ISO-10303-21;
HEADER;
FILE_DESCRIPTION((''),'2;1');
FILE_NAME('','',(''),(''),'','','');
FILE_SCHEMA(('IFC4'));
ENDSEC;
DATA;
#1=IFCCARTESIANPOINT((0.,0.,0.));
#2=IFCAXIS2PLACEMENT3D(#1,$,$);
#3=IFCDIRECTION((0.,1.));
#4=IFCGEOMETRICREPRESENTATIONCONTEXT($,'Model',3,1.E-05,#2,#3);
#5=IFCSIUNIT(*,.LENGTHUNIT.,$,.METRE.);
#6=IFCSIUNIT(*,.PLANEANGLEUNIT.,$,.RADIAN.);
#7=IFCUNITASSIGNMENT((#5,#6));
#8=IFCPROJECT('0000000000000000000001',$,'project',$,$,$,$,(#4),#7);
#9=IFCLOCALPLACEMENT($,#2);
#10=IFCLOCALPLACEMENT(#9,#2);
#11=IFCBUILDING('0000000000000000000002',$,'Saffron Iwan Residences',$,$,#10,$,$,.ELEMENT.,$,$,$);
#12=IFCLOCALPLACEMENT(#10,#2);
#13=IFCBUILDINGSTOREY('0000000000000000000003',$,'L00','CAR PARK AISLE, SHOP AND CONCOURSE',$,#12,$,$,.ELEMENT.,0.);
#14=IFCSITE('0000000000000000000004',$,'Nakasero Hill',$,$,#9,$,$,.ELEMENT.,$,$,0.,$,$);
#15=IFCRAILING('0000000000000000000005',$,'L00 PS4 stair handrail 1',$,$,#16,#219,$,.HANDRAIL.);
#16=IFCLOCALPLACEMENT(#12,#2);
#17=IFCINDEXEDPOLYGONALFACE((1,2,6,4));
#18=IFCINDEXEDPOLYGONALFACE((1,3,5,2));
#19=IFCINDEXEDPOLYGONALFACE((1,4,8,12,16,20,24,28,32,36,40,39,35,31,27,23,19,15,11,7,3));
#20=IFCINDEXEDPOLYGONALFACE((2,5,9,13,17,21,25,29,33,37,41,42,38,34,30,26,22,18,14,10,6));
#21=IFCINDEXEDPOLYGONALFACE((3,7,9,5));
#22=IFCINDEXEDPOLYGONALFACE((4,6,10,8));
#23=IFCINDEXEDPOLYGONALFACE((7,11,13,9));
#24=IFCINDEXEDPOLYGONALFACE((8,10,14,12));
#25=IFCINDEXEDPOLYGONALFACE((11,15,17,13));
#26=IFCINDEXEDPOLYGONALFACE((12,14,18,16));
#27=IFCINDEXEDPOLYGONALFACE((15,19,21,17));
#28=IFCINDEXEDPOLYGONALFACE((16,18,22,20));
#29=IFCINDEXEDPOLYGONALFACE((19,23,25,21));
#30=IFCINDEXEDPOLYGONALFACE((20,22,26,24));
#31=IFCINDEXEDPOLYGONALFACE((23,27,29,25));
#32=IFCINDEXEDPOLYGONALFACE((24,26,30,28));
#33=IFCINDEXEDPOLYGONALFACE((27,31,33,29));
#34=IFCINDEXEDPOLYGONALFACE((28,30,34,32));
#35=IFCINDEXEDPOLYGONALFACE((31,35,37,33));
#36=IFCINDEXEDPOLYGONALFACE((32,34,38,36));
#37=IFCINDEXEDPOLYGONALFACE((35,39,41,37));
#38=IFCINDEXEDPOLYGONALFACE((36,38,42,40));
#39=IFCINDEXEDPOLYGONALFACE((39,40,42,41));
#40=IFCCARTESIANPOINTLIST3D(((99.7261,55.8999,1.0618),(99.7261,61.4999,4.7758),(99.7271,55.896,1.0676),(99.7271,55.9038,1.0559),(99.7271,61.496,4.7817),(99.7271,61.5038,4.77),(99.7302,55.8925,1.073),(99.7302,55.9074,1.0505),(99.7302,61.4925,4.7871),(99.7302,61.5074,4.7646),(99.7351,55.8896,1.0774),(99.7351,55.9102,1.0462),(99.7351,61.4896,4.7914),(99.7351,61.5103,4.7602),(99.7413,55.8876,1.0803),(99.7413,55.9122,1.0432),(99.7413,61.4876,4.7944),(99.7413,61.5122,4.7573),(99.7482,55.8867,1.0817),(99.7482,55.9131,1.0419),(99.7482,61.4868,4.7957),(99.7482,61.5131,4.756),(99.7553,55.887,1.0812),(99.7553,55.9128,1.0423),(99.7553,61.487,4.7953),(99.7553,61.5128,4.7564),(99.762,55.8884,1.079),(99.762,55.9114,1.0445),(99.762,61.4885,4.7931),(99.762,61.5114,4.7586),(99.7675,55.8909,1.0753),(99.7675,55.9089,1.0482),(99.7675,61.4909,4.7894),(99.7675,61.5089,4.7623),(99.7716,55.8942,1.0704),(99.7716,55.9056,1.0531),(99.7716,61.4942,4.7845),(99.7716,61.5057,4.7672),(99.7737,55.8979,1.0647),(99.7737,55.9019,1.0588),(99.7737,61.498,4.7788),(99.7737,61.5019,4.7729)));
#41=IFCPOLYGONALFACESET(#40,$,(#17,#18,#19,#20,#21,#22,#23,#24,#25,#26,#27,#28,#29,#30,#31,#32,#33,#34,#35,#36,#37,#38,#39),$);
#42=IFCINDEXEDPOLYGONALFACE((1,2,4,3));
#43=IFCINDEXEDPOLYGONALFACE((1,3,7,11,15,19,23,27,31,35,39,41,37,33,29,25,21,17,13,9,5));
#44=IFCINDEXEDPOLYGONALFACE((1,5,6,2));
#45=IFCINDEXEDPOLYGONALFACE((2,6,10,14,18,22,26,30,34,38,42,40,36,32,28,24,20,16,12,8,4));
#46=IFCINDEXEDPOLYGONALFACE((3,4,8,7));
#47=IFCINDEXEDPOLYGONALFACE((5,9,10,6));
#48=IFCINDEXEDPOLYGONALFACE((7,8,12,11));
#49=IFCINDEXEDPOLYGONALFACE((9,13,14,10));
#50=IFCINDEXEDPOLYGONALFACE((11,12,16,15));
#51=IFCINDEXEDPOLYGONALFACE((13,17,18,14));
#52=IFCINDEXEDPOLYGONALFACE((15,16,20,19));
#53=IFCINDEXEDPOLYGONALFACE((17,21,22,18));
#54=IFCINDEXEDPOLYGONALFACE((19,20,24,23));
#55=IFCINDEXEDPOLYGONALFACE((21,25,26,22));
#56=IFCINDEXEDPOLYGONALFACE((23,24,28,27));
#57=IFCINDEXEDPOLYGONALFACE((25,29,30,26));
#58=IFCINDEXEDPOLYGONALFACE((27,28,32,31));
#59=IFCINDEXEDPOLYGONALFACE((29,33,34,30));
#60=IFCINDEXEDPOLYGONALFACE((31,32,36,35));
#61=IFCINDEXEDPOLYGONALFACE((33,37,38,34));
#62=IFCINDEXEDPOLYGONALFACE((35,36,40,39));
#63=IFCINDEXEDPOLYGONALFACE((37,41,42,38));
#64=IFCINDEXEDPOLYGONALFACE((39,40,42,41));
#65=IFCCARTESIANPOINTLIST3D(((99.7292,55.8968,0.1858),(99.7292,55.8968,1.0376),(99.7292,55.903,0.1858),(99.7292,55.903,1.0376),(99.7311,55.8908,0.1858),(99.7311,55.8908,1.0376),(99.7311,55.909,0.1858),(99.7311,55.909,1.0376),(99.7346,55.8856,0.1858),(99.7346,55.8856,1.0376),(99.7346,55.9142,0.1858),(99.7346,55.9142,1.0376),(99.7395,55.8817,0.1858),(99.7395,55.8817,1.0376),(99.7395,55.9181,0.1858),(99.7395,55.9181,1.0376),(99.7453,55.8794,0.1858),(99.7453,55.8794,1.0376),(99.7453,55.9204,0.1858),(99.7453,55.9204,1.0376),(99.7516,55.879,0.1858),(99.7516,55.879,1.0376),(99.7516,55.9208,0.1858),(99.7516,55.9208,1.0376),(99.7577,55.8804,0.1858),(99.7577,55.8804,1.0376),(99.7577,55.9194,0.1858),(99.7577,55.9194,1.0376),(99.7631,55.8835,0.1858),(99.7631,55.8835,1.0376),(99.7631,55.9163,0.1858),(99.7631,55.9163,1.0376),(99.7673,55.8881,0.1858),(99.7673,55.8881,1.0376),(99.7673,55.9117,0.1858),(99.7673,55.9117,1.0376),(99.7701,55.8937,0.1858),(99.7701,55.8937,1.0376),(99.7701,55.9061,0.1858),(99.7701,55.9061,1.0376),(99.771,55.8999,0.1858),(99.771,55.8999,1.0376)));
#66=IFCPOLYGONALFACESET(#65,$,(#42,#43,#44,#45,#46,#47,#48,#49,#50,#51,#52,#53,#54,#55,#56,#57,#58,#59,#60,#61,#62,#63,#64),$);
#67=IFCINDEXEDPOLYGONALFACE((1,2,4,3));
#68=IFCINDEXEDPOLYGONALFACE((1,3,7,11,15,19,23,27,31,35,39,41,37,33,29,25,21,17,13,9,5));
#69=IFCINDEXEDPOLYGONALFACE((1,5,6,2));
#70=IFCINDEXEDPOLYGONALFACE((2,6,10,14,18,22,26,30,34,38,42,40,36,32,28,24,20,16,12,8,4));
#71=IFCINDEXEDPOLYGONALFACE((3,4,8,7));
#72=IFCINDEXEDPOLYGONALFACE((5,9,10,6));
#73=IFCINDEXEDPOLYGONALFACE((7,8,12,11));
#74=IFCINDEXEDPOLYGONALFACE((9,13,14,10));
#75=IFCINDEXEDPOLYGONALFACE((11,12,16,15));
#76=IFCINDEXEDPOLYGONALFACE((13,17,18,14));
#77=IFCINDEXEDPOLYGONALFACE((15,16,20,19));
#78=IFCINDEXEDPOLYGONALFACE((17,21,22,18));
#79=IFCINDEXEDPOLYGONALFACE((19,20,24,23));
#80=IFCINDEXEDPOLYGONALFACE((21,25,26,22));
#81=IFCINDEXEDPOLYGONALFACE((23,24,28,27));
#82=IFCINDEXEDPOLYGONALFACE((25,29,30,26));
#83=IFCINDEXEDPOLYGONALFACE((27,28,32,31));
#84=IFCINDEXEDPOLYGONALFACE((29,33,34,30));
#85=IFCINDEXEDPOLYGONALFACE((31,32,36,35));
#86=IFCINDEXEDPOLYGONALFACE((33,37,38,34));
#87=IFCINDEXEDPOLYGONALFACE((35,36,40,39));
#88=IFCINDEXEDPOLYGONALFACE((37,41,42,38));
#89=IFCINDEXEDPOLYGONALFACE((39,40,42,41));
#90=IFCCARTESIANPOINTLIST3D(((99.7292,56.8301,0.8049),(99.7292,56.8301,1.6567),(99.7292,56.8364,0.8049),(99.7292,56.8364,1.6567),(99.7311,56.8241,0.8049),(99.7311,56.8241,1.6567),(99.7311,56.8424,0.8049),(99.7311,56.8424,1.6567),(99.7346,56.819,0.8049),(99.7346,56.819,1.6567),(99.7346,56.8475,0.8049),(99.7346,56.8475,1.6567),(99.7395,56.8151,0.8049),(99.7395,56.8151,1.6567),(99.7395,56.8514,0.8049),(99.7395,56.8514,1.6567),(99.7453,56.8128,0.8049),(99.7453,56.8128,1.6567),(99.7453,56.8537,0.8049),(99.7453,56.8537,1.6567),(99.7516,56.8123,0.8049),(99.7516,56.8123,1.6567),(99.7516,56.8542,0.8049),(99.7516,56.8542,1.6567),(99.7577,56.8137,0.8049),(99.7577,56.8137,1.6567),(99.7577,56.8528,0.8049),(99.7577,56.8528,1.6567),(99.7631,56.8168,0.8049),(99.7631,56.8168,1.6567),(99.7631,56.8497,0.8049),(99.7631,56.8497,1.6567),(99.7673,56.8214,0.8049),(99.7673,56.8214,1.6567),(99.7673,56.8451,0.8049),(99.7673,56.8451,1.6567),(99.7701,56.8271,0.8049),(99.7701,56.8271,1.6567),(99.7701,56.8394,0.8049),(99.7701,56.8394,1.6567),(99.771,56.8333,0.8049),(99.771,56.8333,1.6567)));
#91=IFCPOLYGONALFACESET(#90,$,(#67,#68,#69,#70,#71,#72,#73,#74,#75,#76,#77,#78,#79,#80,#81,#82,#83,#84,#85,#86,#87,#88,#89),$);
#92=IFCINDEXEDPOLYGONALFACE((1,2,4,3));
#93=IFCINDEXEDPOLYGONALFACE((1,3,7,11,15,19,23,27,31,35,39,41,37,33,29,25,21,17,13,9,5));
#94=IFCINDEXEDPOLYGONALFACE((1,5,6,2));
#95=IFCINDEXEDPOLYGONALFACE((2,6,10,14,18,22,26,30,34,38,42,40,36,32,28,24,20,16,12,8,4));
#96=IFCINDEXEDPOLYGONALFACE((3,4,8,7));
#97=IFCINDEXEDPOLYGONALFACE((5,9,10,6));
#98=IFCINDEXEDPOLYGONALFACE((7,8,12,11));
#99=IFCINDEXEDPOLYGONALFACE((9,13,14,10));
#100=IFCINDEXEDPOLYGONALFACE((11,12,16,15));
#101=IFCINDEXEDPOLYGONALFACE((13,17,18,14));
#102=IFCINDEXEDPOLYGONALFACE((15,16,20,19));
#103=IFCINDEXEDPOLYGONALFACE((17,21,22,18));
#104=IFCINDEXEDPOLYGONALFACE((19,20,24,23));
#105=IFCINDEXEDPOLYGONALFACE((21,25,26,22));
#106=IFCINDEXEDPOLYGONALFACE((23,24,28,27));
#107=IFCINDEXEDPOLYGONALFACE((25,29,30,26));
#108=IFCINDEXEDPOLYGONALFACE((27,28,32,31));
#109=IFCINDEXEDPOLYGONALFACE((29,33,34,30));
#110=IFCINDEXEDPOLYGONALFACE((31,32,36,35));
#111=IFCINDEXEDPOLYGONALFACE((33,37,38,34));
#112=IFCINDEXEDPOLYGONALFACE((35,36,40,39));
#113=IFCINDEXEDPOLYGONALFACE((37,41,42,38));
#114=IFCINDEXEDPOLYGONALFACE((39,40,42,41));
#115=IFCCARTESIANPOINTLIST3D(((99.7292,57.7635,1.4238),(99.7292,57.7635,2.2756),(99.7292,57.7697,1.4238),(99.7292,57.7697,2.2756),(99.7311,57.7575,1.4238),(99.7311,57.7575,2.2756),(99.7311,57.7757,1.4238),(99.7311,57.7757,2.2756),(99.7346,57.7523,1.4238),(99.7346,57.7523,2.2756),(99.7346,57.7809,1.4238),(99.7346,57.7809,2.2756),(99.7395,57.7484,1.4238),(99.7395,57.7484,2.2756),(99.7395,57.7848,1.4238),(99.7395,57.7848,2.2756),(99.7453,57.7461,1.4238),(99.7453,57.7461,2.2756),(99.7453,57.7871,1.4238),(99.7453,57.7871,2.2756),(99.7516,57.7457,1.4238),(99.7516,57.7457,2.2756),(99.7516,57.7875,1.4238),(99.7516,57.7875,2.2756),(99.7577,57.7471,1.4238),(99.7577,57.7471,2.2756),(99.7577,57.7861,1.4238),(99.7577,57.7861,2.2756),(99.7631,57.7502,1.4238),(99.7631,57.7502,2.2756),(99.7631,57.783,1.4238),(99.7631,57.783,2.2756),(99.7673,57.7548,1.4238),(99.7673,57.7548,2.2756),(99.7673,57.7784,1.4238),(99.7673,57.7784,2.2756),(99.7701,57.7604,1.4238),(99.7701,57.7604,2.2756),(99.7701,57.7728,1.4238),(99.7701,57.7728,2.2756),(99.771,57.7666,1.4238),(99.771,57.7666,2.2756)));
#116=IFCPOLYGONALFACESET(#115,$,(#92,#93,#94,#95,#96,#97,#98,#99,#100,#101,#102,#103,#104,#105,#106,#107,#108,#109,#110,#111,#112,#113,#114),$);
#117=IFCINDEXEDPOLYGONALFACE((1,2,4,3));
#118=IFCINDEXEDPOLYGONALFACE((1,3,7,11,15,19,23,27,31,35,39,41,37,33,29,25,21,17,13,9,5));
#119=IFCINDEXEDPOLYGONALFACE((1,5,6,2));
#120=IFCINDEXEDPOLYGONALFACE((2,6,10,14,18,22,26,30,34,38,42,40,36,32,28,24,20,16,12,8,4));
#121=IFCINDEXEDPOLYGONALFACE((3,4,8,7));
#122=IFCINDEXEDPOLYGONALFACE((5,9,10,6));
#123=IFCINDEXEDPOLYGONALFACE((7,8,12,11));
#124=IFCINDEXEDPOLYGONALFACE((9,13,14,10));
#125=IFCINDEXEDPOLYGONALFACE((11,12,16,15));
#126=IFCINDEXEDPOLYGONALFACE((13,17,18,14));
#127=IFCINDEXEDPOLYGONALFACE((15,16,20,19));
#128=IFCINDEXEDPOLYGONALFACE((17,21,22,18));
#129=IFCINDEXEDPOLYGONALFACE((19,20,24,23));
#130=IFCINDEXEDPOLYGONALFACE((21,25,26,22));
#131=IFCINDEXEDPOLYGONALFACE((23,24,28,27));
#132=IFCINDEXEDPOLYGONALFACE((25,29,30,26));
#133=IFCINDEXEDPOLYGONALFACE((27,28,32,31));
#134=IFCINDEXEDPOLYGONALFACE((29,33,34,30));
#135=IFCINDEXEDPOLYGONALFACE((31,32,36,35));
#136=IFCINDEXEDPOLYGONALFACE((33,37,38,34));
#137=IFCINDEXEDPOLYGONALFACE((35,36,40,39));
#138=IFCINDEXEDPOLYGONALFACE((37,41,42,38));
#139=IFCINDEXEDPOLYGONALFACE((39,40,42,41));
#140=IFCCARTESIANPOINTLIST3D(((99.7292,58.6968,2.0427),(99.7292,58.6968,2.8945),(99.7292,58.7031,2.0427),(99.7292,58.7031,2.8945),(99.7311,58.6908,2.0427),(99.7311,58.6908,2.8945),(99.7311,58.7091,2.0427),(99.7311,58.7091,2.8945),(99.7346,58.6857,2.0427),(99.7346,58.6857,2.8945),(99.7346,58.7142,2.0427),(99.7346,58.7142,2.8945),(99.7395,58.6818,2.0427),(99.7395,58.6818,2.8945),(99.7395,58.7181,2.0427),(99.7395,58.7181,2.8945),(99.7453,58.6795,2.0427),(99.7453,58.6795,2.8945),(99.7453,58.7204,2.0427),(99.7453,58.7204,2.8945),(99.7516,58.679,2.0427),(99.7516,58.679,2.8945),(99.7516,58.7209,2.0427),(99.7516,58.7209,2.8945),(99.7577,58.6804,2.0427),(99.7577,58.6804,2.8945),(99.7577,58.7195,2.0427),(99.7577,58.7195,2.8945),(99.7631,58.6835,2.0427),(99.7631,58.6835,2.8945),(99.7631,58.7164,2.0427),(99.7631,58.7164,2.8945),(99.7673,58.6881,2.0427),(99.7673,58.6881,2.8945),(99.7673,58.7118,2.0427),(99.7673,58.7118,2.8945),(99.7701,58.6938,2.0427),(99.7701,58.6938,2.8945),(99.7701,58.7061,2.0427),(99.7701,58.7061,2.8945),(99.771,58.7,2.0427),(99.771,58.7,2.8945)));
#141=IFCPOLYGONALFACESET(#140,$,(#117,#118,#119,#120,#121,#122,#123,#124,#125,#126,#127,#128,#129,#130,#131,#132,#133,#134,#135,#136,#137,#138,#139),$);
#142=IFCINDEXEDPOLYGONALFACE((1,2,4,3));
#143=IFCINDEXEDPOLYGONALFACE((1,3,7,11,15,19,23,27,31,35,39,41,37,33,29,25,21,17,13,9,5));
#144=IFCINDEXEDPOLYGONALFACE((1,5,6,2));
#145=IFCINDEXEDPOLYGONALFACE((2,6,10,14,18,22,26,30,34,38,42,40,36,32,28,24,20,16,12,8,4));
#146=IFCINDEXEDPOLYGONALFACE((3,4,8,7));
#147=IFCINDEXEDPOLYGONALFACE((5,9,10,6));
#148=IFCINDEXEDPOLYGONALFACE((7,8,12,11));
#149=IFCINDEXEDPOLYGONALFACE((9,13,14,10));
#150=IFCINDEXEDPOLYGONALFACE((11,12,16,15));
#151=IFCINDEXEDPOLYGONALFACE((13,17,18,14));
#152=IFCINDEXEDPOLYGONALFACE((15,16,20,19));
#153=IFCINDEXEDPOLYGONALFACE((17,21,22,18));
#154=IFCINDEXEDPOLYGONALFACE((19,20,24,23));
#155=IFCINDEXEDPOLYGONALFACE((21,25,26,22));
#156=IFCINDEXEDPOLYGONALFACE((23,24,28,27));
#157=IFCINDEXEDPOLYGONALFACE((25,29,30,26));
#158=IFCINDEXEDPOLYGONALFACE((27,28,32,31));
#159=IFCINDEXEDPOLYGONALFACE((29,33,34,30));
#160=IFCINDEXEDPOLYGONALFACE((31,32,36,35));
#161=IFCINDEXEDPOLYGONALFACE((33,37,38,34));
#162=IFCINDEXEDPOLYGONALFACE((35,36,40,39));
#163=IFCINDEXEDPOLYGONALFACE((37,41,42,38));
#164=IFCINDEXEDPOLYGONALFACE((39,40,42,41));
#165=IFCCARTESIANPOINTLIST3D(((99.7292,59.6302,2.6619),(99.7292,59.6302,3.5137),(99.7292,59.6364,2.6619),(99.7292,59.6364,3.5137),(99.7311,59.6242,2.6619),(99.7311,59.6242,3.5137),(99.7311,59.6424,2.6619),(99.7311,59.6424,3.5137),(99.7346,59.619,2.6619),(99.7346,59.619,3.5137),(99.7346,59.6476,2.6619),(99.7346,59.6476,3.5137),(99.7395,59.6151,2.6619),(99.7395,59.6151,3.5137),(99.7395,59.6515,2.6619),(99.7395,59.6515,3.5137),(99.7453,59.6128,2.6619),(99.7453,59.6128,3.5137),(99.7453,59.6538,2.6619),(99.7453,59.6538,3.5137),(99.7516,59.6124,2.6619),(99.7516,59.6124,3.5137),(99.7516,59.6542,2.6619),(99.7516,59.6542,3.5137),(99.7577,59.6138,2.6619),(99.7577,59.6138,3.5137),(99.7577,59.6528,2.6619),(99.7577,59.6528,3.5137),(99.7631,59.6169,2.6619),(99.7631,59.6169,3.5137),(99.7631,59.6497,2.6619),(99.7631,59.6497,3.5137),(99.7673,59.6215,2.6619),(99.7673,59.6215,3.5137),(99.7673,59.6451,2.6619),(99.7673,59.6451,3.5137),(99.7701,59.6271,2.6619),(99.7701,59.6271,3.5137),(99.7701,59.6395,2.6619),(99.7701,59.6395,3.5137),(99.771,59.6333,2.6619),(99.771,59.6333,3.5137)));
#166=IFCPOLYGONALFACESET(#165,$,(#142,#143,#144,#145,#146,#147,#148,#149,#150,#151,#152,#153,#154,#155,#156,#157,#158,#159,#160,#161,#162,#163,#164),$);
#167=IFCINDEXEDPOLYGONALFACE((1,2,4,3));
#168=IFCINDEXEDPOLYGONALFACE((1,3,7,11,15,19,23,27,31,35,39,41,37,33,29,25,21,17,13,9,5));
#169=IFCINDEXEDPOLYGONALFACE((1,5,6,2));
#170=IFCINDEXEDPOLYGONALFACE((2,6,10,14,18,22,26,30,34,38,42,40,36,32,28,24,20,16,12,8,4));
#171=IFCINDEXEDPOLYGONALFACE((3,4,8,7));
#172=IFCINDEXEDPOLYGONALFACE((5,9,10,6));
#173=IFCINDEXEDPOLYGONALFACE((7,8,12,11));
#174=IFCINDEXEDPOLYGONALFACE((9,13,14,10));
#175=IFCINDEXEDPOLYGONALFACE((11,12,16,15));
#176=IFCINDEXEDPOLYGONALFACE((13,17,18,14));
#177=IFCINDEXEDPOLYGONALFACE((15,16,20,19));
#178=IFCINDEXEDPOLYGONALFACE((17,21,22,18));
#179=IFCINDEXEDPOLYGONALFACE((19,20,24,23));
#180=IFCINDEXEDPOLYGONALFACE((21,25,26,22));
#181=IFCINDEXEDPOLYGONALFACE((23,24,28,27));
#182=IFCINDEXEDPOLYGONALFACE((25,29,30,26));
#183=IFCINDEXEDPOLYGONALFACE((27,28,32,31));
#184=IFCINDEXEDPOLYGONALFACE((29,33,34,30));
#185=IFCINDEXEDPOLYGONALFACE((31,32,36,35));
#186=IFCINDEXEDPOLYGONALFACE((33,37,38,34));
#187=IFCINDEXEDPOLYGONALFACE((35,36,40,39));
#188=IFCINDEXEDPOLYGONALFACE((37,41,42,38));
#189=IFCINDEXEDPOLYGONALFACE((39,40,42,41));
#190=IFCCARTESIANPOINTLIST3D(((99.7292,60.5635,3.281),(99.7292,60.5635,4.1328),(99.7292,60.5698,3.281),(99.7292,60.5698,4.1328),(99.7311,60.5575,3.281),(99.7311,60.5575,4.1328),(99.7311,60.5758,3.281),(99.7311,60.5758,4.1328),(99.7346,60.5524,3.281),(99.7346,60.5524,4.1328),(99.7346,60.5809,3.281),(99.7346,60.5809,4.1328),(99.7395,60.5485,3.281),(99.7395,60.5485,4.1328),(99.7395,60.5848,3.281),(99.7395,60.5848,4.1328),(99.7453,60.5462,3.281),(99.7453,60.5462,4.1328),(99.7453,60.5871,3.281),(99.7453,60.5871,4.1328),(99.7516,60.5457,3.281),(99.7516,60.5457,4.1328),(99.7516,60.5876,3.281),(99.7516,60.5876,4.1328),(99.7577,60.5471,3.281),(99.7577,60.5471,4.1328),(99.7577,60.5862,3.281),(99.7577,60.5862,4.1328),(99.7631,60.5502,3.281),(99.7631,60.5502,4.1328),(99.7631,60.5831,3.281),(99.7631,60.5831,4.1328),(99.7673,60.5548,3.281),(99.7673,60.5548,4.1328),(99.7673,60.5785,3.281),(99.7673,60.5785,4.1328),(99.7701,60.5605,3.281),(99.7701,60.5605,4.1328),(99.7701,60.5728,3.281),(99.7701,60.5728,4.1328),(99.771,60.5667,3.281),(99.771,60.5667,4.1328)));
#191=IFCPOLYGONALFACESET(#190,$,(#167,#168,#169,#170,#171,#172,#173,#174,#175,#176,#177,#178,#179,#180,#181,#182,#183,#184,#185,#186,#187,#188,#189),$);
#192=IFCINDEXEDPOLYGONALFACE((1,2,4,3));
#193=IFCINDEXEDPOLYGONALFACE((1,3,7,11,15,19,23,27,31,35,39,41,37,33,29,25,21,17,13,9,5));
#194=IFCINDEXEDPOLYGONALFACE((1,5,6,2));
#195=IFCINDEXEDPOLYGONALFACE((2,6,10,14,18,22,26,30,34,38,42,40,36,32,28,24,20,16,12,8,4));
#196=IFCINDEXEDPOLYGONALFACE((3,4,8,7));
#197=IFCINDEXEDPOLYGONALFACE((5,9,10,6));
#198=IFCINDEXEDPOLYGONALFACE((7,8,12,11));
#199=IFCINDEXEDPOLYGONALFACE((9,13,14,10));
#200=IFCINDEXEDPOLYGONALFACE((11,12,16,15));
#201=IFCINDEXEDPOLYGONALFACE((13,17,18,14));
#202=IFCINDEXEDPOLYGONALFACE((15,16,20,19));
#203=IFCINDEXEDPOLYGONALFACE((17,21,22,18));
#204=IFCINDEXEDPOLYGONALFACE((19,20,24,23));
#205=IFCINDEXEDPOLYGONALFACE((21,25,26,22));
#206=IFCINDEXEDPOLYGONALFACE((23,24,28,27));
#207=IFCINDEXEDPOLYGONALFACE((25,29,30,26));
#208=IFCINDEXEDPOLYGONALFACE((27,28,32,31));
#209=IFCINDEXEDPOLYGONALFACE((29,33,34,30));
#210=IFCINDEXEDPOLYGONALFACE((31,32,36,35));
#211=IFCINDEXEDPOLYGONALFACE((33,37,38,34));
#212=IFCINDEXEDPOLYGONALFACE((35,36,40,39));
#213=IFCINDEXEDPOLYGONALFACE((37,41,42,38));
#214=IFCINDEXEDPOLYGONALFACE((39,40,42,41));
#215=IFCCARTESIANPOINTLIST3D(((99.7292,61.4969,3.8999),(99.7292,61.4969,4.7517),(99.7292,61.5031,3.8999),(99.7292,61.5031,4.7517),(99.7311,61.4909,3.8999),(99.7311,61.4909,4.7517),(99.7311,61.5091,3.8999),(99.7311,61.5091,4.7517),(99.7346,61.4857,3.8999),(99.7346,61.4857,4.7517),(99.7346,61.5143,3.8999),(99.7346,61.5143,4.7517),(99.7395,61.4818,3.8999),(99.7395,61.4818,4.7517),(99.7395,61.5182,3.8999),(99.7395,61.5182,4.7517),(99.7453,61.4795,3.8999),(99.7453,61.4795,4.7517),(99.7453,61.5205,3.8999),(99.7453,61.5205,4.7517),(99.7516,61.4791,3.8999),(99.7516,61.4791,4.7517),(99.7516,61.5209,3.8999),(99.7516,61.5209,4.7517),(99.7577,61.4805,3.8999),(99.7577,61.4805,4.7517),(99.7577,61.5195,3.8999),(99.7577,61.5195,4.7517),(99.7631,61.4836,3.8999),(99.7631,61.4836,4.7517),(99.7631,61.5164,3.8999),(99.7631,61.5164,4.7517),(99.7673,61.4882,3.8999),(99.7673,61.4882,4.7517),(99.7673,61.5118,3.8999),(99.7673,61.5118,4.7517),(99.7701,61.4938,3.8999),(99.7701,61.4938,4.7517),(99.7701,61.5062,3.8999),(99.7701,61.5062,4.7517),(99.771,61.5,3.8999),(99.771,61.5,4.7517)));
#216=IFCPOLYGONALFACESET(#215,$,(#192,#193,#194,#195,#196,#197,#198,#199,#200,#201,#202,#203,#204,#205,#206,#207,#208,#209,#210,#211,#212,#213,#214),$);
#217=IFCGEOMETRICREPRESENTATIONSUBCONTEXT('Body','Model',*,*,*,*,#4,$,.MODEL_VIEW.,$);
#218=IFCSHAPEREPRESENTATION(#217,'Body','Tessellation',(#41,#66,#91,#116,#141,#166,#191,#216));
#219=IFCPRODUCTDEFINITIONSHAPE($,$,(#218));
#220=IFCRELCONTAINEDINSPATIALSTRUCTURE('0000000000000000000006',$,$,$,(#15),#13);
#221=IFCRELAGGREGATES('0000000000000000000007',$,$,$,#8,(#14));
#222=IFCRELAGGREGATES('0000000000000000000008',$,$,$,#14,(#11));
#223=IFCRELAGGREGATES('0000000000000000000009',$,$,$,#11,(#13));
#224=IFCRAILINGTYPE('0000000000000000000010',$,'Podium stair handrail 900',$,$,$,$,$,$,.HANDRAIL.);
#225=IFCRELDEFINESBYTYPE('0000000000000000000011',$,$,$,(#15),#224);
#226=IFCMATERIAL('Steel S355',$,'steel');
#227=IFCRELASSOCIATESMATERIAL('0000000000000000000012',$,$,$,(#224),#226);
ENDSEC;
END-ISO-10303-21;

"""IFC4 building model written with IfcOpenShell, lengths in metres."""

from ifc_helpers import new_model, si_unit, direction, frame, origin, origin_2d, place, context, subcontext, project, spatial, circle, extrude, material, type_object, element, save


model = new_model("IFC4")

# Units and contexts
model_context = context("Model", 3, precision=1e-05, world=origin(), true_north=direction((0.0, 1.0)))
body_context = subcontext(model_context, "Body", "Model", "MODEL_VIEW")
ifc_project = project(units=[si_unit("LENGTHUNIT", "METRE"), si_unit("PLANEANGLEUNIT", "RADIAN")], contexts=[model_context])

# Site, building, storey
site_placement = place(None, origin())
site = spatial("IfcSite", under=ifc_project, at=site_placement, Name="Nakasero Hill", CompositionType="ELEMENT", RefElevation=0.0)
building_placement = place(site_placement, origin())
building = spatial("IfcBuilding", under=site, at=building_placement, Name="Saffron Iwan Residences", CompositionType="ELEMENT")
storey_placement = place(building_placement, origin())
storey = spatial("IfcBuildingStorey", under=building, at=storey_placement, Name="L00", Description="CAR PARK AISLE, SHOP AND CONCOURSE", CompositionType="ELEMENT", Elevation=0.0)

# Railing
ifc_material_1 = material(Name="Steel S355", Category="steel")
railing_type_1 = type_object("IfcRailingType", Name="Podium stair handrail 900", PredefinedType="HANDRAIL", material=ifc_material_1)
railing_1_placement = place(storey_placement, frame((99.75, 55.8999, 0.1858)))
element("IfcRailing", 1, at=railing_1_placement, inside=storey, type_object=railing_type_1, Name="L00 PS4 stair handrail 1", PredefinedType="HANDRAIL", context=body_context, shape_type="SweptSolid", body=[
    extrude(circle(Radius=0.0239, at=origin_2d()), frame((0.0, 0.0, 0.876), z_axis=(0.0, 0.833373, 0.552712), x_axis=(-1.0, 0.0, 0.0)), (0.0, 0.0, 1.0), 6.7197),
    extrude(circle(Radius=0.021, at=origin_2d()), origin(), (0.0, 0.0, 1.0), 0.8518),
    extrude(circle(Radius=0.021, at=origin_2d()), frame((0.0, 0.9333, 0.6191)), (0.0, 0.0, 1.0), 0.8518),
    extrude(circle(Radius=0.021, at=origin_2d()), frame((0.0, 1.8667, 1.238)), (0.0, 0.0, 1.0), 0.8518),
    extrude(circle(Radius=0.021, at=origin_2d()), frame((0.0, 2.8, 1.8569)), (0.0, 0.0, 1.0), 0.8518),
    extrude(circle(Radius=0.021, at=origin_2d()), frame((0.0, 3.7334, 2.4761)), (0.0, 0.0, 1.0), 0.8518),
    extrude(circle(Radius=0.021, at=origin_2d()), frame((0.0, 4.6667, 3.0952)), (0.0, 0.0, 1.0), 0.8518),
    extrude(circle(Radius=0.021, at=origin_2d()), frame((0.0, 5.6001, 3.7141)), (0.0, 0.0, 1.0), 0.8518),
])

save(model, "model.ifc")
